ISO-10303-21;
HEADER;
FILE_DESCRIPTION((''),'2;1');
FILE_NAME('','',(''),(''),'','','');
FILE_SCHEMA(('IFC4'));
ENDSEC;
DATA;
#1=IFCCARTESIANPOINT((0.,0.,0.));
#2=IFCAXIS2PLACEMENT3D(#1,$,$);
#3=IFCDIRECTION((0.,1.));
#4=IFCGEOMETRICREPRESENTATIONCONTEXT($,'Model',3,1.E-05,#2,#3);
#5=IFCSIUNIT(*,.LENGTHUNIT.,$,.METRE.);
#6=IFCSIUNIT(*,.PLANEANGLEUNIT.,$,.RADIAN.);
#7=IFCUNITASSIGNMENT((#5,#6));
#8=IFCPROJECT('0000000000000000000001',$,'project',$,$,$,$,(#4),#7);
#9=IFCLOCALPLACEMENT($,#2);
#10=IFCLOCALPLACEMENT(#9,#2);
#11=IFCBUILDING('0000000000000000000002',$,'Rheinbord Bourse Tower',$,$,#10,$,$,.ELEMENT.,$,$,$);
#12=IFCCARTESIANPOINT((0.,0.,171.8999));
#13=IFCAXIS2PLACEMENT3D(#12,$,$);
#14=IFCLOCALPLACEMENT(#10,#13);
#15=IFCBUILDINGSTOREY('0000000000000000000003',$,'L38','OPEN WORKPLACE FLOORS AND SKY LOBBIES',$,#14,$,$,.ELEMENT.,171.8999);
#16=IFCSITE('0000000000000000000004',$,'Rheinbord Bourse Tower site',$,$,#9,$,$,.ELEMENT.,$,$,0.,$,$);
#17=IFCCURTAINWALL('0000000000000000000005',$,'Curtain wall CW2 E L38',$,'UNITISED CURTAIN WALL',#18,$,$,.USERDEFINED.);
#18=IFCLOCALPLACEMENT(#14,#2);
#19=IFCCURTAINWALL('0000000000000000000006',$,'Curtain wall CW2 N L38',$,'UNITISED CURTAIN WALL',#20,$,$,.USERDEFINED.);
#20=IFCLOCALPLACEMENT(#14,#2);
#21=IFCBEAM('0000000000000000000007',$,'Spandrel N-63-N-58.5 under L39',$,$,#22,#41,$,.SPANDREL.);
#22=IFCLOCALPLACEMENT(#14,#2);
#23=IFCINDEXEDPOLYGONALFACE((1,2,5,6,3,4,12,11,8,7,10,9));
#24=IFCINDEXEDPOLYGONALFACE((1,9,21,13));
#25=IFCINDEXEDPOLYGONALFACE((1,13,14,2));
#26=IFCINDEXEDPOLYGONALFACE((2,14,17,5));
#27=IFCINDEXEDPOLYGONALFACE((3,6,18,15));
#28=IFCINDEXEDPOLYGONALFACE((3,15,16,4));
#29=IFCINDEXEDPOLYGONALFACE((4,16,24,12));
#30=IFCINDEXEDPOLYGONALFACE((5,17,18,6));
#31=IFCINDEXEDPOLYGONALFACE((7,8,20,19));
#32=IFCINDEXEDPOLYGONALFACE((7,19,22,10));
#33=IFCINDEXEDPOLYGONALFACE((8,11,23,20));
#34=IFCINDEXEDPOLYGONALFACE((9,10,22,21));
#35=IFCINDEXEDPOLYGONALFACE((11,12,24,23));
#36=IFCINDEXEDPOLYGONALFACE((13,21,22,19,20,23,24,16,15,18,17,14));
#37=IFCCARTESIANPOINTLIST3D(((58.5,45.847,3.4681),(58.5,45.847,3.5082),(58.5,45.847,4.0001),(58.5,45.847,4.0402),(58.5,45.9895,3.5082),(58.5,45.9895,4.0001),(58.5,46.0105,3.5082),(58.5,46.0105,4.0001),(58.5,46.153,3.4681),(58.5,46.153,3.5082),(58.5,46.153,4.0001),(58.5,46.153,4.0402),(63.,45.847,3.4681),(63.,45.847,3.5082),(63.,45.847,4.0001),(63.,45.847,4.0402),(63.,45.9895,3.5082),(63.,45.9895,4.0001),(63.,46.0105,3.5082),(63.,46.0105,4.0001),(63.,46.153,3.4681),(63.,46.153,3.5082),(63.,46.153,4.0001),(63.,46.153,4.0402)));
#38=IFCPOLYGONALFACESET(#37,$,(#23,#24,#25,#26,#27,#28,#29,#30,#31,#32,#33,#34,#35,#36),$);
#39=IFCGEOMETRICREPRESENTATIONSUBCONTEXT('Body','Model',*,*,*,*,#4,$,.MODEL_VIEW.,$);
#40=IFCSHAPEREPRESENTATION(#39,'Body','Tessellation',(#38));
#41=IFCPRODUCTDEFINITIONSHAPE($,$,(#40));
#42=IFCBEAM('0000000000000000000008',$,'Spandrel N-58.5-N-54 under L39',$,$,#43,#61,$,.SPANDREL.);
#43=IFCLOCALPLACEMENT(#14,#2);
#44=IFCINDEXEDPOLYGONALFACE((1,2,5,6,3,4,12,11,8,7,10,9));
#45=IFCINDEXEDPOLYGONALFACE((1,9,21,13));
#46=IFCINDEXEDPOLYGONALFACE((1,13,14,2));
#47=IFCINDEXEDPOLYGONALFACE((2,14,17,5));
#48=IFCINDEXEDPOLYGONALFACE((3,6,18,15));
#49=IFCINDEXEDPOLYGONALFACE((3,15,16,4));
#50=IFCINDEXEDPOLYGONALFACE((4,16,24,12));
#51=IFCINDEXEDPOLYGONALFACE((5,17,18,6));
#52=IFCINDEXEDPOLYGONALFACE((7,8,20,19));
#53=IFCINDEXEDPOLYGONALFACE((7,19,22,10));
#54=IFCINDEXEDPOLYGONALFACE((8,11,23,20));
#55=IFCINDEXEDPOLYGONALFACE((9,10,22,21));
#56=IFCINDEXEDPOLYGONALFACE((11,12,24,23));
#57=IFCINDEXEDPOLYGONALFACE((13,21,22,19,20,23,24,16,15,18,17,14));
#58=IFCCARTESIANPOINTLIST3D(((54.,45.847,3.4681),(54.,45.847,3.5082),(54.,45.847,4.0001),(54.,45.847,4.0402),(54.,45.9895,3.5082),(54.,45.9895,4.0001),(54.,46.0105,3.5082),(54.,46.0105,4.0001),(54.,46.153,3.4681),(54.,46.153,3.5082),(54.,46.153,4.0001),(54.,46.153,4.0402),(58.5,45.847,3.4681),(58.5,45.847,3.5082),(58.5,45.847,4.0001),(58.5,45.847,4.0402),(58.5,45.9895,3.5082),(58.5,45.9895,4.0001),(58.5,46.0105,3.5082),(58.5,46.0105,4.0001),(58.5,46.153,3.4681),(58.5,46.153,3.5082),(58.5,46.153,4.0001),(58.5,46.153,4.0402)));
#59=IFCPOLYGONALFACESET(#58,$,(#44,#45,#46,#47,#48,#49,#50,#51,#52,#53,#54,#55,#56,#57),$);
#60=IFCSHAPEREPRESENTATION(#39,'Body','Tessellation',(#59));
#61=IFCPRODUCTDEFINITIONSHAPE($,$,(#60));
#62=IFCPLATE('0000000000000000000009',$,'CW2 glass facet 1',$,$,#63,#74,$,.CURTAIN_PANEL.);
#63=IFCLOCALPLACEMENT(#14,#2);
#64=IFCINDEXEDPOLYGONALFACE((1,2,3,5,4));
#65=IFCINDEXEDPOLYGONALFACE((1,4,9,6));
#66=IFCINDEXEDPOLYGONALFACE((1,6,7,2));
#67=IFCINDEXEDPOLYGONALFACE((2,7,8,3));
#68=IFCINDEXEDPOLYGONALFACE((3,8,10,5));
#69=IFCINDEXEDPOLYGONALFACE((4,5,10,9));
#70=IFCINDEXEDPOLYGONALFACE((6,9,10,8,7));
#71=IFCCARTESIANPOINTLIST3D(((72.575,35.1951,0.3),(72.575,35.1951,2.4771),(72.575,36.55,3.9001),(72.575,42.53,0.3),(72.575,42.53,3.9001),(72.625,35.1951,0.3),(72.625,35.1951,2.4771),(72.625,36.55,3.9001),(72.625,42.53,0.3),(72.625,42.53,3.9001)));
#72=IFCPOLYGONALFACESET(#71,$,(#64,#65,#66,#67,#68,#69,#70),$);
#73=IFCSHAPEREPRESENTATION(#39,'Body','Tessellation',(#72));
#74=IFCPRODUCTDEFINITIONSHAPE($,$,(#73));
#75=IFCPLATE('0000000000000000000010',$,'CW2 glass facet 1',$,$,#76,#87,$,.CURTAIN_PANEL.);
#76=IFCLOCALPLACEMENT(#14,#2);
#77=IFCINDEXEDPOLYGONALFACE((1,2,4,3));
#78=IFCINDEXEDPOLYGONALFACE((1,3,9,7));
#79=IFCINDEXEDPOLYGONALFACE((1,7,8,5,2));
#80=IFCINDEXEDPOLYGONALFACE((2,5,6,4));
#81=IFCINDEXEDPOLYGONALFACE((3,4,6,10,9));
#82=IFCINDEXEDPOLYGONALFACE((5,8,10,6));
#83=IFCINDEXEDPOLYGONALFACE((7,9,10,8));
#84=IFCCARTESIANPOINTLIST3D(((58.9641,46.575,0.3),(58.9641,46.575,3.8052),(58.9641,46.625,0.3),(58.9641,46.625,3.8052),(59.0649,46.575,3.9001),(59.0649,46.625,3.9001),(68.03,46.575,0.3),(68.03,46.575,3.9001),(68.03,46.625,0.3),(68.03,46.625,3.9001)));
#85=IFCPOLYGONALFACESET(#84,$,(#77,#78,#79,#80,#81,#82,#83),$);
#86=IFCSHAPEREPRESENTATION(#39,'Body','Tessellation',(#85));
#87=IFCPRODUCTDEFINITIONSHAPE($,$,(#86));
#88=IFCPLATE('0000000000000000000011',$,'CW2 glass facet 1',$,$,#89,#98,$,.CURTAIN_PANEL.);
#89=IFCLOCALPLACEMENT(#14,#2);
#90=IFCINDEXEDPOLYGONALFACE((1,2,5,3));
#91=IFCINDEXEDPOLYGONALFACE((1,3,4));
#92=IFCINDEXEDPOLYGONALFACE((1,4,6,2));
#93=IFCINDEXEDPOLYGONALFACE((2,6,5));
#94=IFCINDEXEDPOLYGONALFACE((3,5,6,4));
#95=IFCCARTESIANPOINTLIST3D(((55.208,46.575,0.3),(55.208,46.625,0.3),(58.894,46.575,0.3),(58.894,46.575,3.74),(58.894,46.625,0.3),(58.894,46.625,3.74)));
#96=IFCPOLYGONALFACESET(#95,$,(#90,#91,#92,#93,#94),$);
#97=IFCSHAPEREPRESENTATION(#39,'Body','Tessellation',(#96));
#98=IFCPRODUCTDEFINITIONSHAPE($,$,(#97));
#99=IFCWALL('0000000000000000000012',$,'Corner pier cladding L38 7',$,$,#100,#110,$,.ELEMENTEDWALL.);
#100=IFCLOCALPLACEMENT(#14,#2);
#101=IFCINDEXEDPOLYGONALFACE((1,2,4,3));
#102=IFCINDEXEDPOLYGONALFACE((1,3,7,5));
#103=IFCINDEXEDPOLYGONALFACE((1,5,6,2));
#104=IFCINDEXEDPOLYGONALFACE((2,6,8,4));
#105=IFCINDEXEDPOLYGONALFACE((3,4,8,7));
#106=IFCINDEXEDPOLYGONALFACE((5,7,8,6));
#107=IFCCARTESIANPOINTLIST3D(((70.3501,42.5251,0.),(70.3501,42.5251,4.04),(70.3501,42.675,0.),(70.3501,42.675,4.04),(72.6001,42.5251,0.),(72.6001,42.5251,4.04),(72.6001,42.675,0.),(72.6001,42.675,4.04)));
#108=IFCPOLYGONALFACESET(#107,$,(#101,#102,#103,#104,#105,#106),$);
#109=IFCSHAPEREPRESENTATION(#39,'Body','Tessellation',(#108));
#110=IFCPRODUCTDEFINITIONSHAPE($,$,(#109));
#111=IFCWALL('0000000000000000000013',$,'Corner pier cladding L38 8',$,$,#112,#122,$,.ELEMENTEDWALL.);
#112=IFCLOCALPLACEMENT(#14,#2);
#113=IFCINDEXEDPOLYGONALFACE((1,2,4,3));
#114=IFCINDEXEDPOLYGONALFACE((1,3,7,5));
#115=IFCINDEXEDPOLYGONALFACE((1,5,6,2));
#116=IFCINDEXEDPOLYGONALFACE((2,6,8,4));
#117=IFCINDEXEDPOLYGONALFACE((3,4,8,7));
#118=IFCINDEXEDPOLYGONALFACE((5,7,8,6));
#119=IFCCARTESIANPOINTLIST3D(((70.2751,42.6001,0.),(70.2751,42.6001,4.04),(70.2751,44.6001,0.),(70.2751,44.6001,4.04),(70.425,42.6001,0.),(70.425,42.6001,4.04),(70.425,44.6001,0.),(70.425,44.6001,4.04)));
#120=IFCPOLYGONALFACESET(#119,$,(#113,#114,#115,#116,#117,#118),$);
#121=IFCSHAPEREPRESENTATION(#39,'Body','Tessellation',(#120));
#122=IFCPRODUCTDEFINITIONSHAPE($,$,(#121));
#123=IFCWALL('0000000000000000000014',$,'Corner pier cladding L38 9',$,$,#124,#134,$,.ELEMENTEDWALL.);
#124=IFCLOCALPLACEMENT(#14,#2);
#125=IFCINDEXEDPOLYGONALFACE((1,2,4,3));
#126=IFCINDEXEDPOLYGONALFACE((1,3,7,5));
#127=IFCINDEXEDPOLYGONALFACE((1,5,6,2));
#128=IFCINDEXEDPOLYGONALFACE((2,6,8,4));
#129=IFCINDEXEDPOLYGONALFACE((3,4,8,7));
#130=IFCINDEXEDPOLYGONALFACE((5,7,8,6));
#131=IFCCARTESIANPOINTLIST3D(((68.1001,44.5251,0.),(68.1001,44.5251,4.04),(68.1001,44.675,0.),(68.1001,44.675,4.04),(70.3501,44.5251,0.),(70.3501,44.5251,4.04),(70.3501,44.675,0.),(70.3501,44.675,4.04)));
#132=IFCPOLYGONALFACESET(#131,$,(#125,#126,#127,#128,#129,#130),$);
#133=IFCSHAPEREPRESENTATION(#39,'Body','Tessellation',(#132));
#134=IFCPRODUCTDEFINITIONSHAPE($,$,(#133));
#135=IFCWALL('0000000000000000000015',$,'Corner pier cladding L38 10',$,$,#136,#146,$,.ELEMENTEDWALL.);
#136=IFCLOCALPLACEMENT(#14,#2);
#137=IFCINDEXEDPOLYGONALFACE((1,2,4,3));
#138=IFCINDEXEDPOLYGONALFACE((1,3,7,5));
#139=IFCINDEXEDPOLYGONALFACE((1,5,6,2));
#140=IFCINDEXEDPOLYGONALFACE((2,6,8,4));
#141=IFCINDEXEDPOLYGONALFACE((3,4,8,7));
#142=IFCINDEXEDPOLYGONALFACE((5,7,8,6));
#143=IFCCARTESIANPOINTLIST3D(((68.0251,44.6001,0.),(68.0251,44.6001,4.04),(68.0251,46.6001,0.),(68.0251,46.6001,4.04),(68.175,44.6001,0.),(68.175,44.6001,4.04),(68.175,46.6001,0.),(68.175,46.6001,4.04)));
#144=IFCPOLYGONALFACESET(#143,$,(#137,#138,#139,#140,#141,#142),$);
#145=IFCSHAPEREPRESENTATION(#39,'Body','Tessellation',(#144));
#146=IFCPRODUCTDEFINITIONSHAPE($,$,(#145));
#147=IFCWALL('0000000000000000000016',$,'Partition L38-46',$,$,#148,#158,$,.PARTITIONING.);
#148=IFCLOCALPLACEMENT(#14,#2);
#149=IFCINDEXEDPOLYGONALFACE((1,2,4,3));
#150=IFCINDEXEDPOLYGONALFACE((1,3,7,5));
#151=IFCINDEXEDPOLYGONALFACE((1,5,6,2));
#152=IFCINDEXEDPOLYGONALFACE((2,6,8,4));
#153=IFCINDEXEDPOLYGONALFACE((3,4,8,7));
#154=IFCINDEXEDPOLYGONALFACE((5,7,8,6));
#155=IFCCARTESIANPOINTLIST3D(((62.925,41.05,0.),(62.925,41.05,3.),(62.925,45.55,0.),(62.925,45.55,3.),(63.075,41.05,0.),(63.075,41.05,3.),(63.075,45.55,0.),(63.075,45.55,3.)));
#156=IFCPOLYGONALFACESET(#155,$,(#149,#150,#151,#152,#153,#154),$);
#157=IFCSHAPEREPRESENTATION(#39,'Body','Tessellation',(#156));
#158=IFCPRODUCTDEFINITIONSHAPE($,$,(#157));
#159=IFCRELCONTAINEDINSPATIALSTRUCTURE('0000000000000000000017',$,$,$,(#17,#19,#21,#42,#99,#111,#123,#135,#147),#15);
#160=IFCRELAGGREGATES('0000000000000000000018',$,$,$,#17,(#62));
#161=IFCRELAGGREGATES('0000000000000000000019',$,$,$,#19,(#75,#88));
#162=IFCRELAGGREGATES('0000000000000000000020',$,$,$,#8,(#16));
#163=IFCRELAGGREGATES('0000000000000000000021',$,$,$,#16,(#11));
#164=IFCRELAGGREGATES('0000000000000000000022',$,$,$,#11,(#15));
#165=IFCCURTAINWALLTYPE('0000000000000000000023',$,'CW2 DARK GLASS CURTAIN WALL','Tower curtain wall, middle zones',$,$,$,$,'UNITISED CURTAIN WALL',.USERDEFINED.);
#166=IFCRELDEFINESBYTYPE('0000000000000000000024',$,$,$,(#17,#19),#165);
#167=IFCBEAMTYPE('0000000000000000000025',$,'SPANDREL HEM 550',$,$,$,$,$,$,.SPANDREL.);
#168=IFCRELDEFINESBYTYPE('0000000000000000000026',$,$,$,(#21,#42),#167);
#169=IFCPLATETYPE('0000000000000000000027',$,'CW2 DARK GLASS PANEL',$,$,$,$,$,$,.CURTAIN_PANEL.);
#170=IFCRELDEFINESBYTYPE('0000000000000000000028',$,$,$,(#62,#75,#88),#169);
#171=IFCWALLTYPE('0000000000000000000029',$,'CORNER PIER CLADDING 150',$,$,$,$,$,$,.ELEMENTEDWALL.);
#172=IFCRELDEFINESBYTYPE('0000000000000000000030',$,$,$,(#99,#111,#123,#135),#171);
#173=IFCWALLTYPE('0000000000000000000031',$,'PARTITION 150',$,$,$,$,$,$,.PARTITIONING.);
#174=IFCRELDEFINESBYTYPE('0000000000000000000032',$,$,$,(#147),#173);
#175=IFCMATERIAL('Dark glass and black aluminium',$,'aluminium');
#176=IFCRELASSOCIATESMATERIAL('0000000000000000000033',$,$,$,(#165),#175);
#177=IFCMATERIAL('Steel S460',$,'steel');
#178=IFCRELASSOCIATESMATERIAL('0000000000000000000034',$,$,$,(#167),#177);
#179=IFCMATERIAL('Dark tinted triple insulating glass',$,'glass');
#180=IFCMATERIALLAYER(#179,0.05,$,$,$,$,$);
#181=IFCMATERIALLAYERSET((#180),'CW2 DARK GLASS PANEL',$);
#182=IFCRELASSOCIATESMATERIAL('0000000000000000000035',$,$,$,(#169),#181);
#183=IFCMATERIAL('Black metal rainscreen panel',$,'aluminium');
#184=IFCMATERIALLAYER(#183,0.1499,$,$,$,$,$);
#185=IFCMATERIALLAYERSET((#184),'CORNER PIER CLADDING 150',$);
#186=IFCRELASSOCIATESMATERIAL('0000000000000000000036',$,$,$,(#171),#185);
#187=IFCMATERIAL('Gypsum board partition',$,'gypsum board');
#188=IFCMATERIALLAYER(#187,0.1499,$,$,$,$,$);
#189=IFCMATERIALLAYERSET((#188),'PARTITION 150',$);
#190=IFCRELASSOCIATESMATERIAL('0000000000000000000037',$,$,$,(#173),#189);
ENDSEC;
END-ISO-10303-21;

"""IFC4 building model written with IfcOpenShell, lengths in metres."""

from ifc_helpers import new_model, si_unit, direction, frame, frame_2d, origin, origin_2d, place, context, subcontext, project, spatial, polyline, rectangle, i_section, outline, extrude, material, layer, layer_set, material_profile, profile_set, type_object, element, aggregate, save


model = new_model("IFC4")

# Units and contexts
model_context = context("Model", 3, precision=1e-05, world=origin(), true_north=direction((0.0, 1.0)))
body_context = subcontext(model_context, "Body", "Model", "MODEL_VIEW")
ifc_project = project(units=[si_unit("LENGTHUNIT", "METRE"), si_unit("PLANEANGLEUNIT", "RADIAN")], contexts=[model_context])

# Site, building, storey
site_placement = place(None, origin())
site = spatial("IfcSite", under=ifc_project, at=site_placement, Name="Rheinbord Bourse Tower site", CompositionType="ELEMENT", RefElevation=0.0)
building_placement = place(site_placement, origin())
building = spatial("IfcBuilding", under=site, at=building_placement, Name="Rheinbord Bourse Tower", CompositionType="ELEMENT")
storey_placement = place(building_placement, frame((0.0, 0.0, 171.8999)))
storey = spatial("IfcBuildingStorey", under=building, at=storey_placement, Name="L38", Description="OPEN WORKPLACE FLOORS AND SKY LOBBIES", CompositionType="ELEMENT", Elevation=171.8999)

# Curtain wall
ifc_material_1 = material(Name="Dark glass and black aluminium", Category="aluminium")
curtain_wall_type = type_object("IfcCurtainWallType", Name="CW2 DARK GLASS CURTAIN WALL", Description="Tower curtain wall, middle zones", ElementType="UNITISED CURTAIN WALL", PredefinedType="USERDEFINED", material=ifc_material_1)
curtain_wall_1_placement = place(storey_placement, origin())
curtain_wall_1 = element("IfcCurtainWall", 1, at=curtain_wall_1_placement, inside=storey, type_object=curtain_wall_type, Name="Curtain wall CW2 E L38", ObjectType="UNITISED CURTAIN WALL", PredefinedType="USERDEFINED")

# Curtain wall
curtain_wall_2_placement = place(storey_placement, origin())
curtain_wall_2 = element("IfcCurtainWall", 2, at=curtain_wall_2_placement, inside=storey, type_object=curtain_wall_type, Name="Curtain wall CW2 N L38", ObjectType="UNITISED CURTAIN WALL", PredefinedType="USERDEFINED")

# Beams
ifc_material_2 = material(Name="Steel S460", Category="steel")
ifc_material_profile_1 = material_profile(ifc_material_2, i_section(OverallWidth=0.3059, OverallDepth=0.572, WebThickness=0.021, FlangeThickness=0.04, at=origin_2d()), Name="HEM 550")
ifc_profile_set_1 = profile_set([ifc_material_profile_1], Name="Steel S460")
beam_type_1 = type_object("IfcBeamType", Name="SPANDREL HEM 550", PredefinedType="SPANDREL", material=ifc_profile_set_1)
for number, where, z_axis, x_axis, name in (
    (3, (63.0, 46.0, 3.7542), (-1.0, 0.0, 0.0), (0.0, -1.0, 0.0), "Spandrel N-63-N-58.5 under L39"),
    (4, (58.5, 46.0, 3.7542), (-1.0, 0.0, 0.0), (0.0, -1.0, 0.0), "Spandrel N-58.5-N-54 under L39"),
):
    element("IfcBeam", number, at=place(storey_placement, frame(where, z_axis=z_axis, x_axis=x_axis)), inside=storey, type_object=beam_type_1, Name=name, PredefinedType="SPANDREL", context=body_context, shape_type="SweptSolid", body=[
        extrude(i_section(OverallWidth=0.3059, OverallDepth=0.572, WebThickness=0.021, FlangeThickness=0.04, at=origin_2d()), origin(), (0.0, 0.0, 1.0), 4.5),
    ])

# Plates
ifc_material_3 = material(Name="Dark tinted triple insulating glass", Category="glass")
ifc_layer_1 = layer(ifc_material_3, 0.05)
ifc_layer_set_1 = layer_set([ifc_layer_1], Name="CW2 DARK GLASS PANEL")
plate_type = type_object("IfcPlateType", Name="CW2 DARK GLASS PANEL", PredefinedType="CURTAIN_PANEL", material=ifc_layer_set_1)
plate_1_placement = place(storey_placement, frame((72.625, 42.53, 3.9001), z_axis=(-1.0, 0.0, 0.0), x_axis=(0.0, 0.0, -1.0)))
plate_1 = element("IfcPlate", 5, at=plate_1_placement, type_object=plate_type, Name="CW2 glass facet 1", PredefinedType="CURTAIN_PANEL", context=body_context, shape_type="SweptSolid", body=[
    extrude(outline(polyline([(0.0, 0.0), (3.6001, 0.0), (3.6001, 7.335), (1.4231, 7.335), (0.0, 5.98), (0.0, 0.0)])), origin(), (0.0, 0.0, 1.0), 0.05),
])
aggregate(curtain_wall_1, [plate_1])
plate_2_placement = place(storey_placement, frame((58.9641, 46.625, 0.3), z_axis=(0.0, -1.0, 0.0), x_axis=(1.0, 0.0, 0.0)))
plate_2 = element("IfcPlate", 6, at=plate_2_placement, type_object=plate_type, Name="CW2 glass facet 1", PredefinedType="CURTAIN_PANEL", context=body_context, shape_type="SweptSolid", body=[
    extrude(outline(polyline([(0.0, 0.0), (9.0659, 0.0), (9.0659, 3.6001), (0.1008, 3.6001), (0.0, 3.5051), (0.0, 0.0)])), origin(), (0.0, 0.0, 1.0), 0.05),
])
plate_3_placement = place(storey_placement, frame((58.894, 46.625, 0.3), z_axis=(0.0, -1.0, 0.0), x_axis=(0.0, 0.0, 1.0)))
plate_3 = element("IfcPlate", 7, at=plate_3_placement, type_object=plate_type, Name="CW2 glass facet 1", PredefinedType="CURTAIN_PANEL", context=body_context, shape_type="SweptSolid", body=[
    extrude(outline(polyline([(0.0, 0.0), (3.4399, 0.0), (0.0, 3.686), (0.0, 0.0)])), origin(), (0.0, 0.0, 1.0), 0.05),
])
aggregate(curtain_wall_2, [plate_2, plate_3])

# Walls
ifc_material_4 = material(Name="Black metal rainscreen panel", Category="aluminium")
ifc_layer_2 = layer(ifc_material_4, 0.1499)
ifc_layer_set_2 = layer_set([ifc_layer_2], Name="CORNER PIER CLADDING 150")
wall_type_1 = type_object("IfcWallType", Name="CORNER PIER CLADDING 150", PredefinedType="ELEMENTEDWALL", material=ifc_layer_set_2)
wall_1_placement = place(storey_placement, frame((72.6001, 42.6001, 0.0), z_axis=(0.0, 0.0, 1.0), x_axis=(-1.0, 0.0, 0.0)))
element("IfcWall", 8, at=wall_1_placement, inside=storey, type_object=wall_type_1, Name="Corner pier cladding L38 7", PredefinedType="ELEMENTEDWALL", context=body_context, shape_type="SweptSolid", body=[
    extrude(rectangle(XDim=2.25, YDim=0.1499, at=frame_2d((1.125, 0.0))), origin(), (0.0, 0.0, 1.0), 4.04),
])
wall_2_placement = place(storey_placement, frame((70.3501, 42.6001, 0.0), z_axis=(0.0, 0.0, 1.0), x_axis=(0.0, 1.0, 0.0)))
element("IfcWall", 9, at=wall_2_placement, inside=storey, type_object=wall_type_1, Name="Corner pier cladding L38 8", PredefinedType="ELEMENTEDWALL", context=body_context, shape_type="SweptSolid", body=[
    extrude(rectangle(XDim=2.0, YDim=0.1499, at=frame_2d((1.0, 0.0))), origin(), (0.0, 0.0, 1.0), 4.04),
])
wall_3_placement = place(storey_placement, frame((70.3501, 44.6001, 0.0), z_axis=(0.0, 0.0, 1.0), x_axis=(-1.0, 0.0, 0.0)))
element("IfcWall", 10, at=wall_3_placement, inside=storey, type_object=wall_type_1, Name="Corner pier cladding L38 9", PredefinedType="ELEMENTEDWALL", context=body_context, shape_type="SweptSolid", body=[
    extrude(rectangle(XDim=2.25, YDim=0.1499, at=frame_2d((1.125, 0.0))), origin(), (0.0, 0.0, 1.0), 4.04),
])
wall_4_placement = place(storey_placement, frame((68.1001, 44.6001, 0.0), z_axis=(0.0, 0.0, 1.0), x_axis=(0.0, 1.0, 0.0)))
element("IfcWall", 11, at=wall_4_placement, inside=storey, type_object=wall_type_1, Name="Corner pier cladding L38 10", PredefinedType="ELEMENTEDWALL", context=body_context, shape_type="SweptSolid", body=[
    extrude(rectangle(XDim=2.0, YDim=0.1499, at=frame_2d((1.0, 0.0))), origin(), (0.0, 0.0, 1.0), 4.04),
])
ifc_material_5 = material(Name="Gypsum board partition", Category="gypsum board")
ifc_layer_3 = layer(ifc_material_5, 0.1499)
ifc_layer_set_3 = layer_set([ifc_layer_3], Name="PARTITION 150")
wall_type_2 = type_object("IfcWallType", Name="PARTITION 150", PredefinedType="PARTITIONING", material=ifc_layer_set_3)
wall_5_placement = place(storey_placement, frame((63.0, 41.05, 0.0), z_axis=(0.0, 0.0, 1.0), x_axis=(0.0, 1.0, 0.0)))
element("IfcWall", 12, at=wall_5_placement, inside=storey, type_object=wall_type_2, Name="Partition L38-46", PredefinedType="PARTITIONING", context=body_context, shape_type="SweptSolid", body=[
    extrude(rectangle(XDim=4.5, YDim=0.1499, at=frame_2d((2.25, 0.0))), origin(), (0.0, 0.0, 1.0), 3.0),
])

save(model, "model.ifc")
